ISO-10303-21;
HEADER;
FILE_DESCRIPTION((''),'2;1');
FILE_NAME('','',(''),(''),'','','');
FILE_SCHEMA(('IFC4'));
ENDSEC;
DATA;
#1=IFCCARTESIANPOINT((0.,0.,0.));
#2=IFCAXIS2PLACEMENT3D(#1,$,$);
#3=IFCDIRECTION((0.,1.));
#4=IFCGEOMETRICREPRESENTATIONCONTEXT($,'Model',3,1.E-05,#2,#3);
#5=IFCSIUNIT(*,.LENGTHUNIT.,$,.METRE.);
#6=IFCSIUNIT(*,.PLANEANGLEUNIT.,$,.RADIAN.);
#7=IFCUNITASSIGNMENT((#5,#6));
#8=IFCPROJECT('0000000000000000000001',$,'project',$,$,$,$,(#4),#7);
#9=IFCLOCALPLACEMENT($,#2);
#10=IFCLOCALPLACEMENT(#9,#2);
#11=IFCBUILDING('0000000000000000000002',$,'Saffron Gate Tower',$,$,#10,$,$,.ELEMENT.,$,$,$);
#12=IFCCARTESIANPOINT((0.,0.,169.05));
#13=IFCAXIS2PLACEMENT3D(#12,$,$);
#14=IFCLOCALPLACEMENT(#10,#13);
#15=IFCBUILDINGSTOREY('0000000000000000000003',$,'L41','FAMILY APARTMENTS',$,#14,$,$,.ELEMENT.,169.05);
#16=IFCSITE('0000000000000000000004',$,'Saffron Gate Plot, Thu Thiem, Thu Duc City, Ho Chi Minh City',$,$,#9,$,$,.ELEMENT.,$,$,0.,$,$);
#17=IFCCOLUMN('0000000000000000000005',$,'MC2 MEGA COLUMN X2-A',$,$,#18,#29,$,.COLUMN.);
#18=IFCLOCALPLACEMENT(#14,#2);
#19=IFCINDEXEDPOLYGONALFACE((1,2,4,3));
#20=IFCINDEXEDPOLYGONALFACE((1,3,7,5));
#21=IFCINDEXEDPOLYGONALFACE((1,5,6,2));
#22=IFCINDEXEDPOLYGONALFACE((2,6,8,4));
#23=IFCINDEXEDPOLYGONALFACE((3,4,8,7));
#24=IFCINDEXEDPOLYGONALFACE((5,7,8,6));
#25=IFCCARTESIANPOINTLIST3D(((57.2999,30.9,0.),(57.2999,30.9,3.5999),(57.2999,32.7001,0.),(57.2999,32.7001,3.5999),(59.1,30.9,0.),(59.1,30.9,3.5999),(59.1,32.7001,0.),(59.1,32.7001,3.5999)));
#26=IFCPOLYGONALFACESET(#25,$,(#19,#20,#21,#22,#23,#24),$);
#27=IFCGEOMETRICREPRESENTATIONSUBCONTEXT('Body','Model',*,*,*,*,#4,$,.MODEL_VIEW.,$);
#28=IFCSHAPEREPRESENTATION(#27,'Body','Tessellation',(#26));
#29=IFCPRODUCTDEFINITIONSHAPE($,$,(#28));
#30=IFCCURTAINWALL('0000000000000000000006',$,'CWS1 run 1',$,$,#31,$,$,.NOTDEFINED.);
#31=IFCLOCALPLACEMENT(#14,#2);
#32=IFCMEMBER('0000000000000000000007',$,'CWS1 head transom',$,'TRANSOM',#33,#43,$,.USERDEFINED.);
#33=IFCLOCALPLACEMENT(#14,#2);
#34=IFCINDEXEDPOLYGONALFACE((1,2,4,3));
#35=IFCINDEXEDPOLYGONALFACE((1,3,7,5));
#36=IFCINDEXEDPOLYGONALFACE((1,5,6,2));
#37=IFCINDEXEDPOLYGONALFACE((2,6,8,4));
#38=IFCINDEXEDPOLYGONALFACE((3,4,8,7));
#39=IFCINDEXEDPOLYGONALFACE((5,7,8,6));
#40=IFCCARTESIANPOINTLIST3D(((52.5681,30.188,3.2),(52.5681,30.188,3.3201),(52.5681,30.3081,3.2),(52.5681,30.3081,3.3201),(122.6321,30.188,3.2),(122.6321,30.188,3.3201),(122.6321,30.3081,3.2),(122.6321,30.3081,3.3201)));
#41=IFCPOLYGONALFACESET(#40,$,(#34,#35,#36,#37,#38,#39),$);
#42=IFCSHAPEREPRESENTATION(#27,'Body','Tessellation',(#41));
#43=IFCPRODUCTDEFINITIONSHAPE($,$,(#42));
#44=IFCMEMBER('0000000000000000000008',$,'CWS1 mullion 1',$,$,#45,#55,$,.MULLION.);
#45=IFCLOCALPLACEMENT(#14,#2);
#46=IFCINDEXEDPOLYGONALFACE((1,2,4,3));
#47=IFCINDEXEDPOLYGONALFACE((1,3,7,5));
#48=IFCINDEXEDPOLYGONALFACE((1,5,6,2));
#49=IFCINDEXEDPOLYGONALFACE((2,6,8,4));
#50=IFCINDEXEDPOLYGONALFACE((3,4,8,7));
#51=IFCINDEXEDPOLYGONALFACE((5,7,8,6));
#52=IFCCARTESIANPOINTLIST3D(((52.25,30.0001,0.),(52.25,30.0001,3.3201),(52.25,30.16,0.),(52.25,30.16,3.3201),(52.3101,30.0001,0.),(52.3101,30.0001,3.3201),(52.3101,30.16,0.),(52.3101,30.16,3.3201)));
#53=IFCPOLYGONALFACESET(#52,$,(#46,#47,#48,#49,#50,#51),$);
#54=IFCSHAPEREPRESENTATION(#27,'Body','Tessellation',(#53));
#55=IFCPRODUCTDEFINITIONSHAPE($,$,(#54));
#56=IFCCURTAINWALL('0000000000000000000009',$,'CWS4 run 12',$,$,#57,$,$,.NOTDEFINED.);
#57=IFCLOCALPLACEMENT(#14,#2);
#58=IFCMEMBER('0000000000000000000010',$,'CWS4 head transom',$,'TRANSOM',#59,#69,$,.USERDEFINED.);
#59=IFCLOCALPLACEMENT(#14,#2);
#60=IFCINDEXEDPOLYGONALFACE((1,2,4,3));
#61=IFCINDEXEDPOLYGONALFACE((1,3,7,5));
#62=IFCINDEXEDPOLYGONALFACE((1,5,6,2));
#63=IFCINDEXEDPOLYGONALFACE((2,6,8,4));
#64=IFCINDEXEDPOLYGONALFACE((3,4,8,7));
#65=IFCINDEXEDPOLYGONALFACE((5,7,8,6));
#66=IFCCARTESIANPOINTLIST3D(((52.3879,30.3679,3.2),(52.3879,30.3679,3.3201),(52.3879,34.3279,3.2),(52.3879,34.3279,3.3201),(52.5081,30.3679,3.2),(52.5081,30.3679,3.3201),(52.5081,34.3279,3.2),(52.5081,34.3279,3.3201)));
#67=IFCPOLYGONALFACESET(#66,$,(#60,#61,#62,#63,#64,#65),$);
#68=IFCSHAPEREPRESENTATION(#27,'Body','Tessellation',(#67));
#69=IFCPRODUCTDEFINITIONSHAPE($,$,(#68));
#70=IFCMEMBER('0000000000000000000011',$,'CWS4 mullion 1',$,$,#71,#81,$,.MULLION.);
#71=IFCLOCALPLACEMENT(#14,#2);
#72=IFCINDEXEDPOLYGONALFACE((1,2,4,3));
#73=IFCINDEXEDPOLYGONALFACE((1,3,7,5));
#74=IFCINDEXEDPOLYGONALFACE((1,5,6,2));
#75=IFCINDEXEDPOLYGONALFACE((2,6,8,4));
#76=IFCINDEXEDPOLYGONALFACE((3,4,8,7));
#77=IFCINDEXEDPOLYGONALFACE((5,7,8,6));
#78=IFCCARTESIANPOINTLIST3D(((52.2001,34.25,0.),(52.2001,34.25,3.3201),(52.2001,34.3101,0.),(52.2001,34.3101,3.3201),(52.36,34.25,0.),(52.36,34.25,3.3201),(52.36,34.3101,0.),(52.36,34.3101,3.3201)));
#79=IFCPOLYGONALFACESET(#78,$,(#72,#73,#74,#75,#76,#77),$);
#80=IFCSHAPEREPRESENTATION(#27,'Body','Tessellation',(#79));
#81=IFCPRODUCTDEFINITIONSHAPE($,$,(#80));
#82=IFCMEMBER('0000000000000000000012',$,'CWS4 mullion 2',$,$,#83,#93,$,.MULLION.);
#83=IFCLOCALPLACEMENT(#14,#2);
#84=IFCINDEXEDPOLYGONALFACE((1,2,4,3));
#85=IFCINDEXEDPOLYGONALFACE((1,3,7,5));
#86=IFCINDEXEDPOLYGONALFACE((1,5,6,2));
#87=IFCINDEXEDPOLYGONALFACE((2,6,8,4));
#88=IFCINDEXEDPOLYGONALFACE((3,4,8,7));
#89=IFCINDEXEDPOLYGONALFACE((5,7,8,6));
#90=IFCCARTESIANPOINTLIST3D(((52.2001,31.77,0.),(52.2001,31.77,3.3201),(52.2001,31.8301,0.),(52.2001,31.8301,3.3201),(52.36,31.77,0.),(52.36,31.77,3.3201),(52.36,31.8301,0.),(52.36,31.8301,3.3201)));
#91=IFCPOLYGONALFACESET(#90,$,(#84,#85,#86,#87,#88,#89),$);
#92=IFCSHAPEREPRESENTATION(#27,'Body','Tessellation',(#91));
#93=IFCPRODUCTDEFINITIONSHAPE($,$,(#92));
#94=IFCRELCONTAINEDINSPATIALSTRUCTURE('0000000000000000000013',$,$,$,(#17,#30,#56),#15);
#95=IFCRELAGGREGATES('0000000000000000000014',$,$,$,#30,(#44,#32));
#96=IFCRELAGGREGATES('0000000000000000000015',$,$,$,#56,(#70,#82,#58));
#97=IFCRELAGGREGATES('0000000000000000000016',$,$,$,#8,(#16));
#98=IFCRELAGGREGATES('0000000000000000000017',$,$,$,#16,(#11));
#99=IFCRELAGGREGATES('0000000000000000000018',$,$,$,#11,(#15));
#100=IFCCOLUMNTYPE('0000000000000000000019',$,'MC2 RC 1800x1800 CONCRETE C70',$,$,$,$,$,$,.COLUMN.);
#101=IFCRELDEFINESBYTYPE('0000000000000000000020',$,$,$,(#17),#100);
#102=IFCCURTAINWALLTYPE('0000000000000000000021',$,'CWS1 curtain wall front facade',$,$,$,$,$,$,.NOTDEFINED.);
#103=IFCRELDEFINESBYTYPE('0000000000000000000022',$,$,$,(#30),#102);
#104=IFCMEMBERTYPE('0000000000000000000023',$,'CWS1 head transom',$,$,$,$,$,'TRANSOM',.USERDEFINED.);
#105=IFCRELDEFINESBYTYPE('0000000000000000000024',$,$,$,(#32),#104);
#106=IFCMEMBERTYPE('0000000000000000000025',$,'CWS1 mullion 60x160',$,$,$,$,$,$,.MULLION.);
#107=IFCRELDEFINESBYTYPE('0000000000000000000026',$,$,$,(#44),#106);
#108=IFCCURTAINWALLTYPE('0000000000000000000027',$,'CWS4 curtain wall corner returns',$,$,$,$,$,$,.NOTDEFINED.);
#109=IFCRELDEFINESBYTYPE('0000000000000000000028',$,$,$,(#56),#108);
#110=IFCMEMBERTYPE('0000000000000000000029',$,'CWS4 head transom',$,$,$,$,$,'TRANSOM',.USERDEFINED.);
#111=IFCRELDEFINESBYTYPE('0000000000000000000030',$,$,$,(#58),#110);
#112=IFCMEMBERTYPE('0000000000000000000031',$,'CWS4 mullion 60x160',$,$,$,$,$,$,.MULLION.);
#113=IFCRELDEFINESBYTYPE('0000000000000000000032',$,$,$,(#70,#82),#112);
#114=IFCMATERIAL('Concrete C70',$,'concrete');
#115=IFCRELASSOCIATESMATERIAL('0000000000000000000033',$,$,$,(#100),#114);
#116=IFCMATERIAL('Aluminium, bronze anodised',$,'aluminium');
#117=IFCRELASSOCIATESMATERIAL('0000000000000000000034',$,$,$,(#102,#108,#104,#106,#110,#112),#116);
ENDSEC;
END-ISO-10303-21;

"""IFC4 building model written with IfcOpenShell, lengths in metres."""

from ifc_helpers import new_model, si_unit, direction, frame, origin, origin_2d, place, context, subcontext, project, spatial, rectangle, extrude, material, material_profile, profile_set, type_object, element, aggregate, save


model = new_model("IFC4")

# Units and contexts
model_context = context("Model", 3, precision=1e-05, world=origin(), true_north=direction((0.0, 1.0)))
body_context = subcontext(model_context, "Body", "Model", "MODEL_VIEW")
ifc_project = project(units=[si_unit("LENGTHUNIT", "METRE"), si_unit("PLANEANGLEUNIT", "RADIAN")], contexts=[model_context])

# Site, building, storey
site_placement = place(None, origin())
site = spatial("IfcSite", under=ifc_project, at=site_placement, Name="Saffron Gate Plot, Thu Thiem, Thu Duc City, Ho Chi Minh City", CompositionType="ELEMENT", RefElevation=0.0)
building_placement = place(site_placement, origin())
building = spatial("IfcBuilding", under=site, at=building_placement, Name="Saffron Gate Tower", CompositionType="ELEMENT")
storey_placement = place(building_placement, frame((0.0, 0.0, 169.05)))
storey = spatial("IfcBuildingStorey", under=building, at=storey_placement, Name="L41", Description="FAMILY APARTMENTS", CompositionType="ELEMENT", Elevation=169.05)

# Column
ifc_material_1 = material(Name="Concrete C70", Category="concrete")
ifc_material_profile_1 = material_profile(ifc_material_1, rectangle(XDim=1.8, YDim=1.8, at=origin_2d()))
ifc_profile_set_1 = profile_set([ifc_material_profile_1], Name="Concrete C70")
column_type = type_object("IfcColumnType", Name="MC2 RC 1800x1800 CONCRETE C70", PredefinedType="COLUMN", material=ifc_profile_set_1)
column_placement = place(storey_placement, frame((58.2, 31.8, 0.0), z_axis=(0.0, 0.0, 1.0), x_axis=(1.0, 0.0, 0.0)))
element("IfcColumn", 1, at=column_placement, inside=storey, type_object=column_type, Name="MC2 MEGA COLUMN X2-A", PredefinedType="COLUMN", context=body_context, shape_type="SweptSolid", body=[
    extrude(rectangle(XDim=1.8, YDim=1.8, at=origin_2d()), origin(), (0.0, 0.0, 1.0), 3.5999),
])

# Curtain walls, members
ifc_material_2 = material(Name="Aluminium, bronze anodised", Category="aluminium")
curtain_wall_type_1 = type_object("IfcCurtainWallType", Name="CWS1 curtain wall front facade", PredefinedType="NOTDEFINED", material=ifc_material_2)
curtain_wall_1_placement = place(storey_placement, origin())
curtain_wall_1 = element("IfcCurtainWall", 2, at=curtain_wall_1_placement, inside=storey, type_object=curtain_wall_type_1, Name="CWS1 run 1", PredefinedType="NOTDEFINED")
ifc_material_profile_2 = material_profile(ifc_material_2, rectangle(XDim=0.1201, YDim=0.1201, at=origin_2d()))
ifc_profile_set_2 = profile_set([ifc_material_profile_2], Name="Aluminium, bronze anodised")
member_type_1 = type_object("IfcMemberType", Name="CWS1 head transom", ElementType="TRANSOM", PredefinedType="USERDEFINED", material=ifc_profile_set_2)
member_1_placement = place(storey_placement, frame((52.5681, 30.248, 3.26), z_axis=(1.0, 0.0, 0.0), x_axis=(0.0, 1.0, 0.0)))
member_1 = element("IfcMember", 3, at=member_1_placement, type_object=member_type_1, Name="CWS1 head transom", ObjectType="TRANSOM", PredefinedType="USERDEFINED", context=body_context, shape_type="SweptSolid", body=[
    extrude(rectangle(XDim=0.1201, YDim=0.1201, at=origin_2d()), origin(), (0.0, 0.0, 1.0), 70.064),
])
ifc_material_profile_3 = material_profile(ifc_material_2, rectangle(XDim=0.1599, YDim=0.0601, at=origin_2d()))
ifc_profile_set_3 = profile_set([ifc_material_profile_3], Name="Aluminium, bronze anodised")
member_type_2 = type_object("IfcMemberType", Name="CWS1 mullion 60x160", PredefinedType="MULLION", material=ifc_profile_set_3)
member_2_placement = place(storey_placement, frame((52.28, 30.0801, 0.0), z_axis=(0.0, 0.0, 1.0), x_axis=(0.0, 1.0, 0.0)))
member_2 = element("IfcMember", 4, at=member_2_placement, type_object=member_type_2, Name="CWS1 mullion 1", PredefinedType="MULLION", context=body_context, shape_type="SweptSolid", body=[
    extrude(rectangle(XDim=0.1599, YDim=0.0601, at=origin_2d()), origin(), (0.0, 0.0, 1.0), 3.3201),
])
curtain_wall_type_2 = type_object("IfcCurtainWallType", Name="CWS4 curtain wall corner returns", PredefinedType="NOTDEFINED", material=ifc_material_2)
curtain_wall_2_placement = place(storey_placement, origin())
curtain_wall_2 = element("IfcCurtainWall", 5, at=curtain_wall_2_placement, inside=storey, type_object=curtain_wall_type_2, Name="CWS4 run 12", PredefinedType="NOTDEFINED")
ifc_material_profile_4 = material_profile(ifc_material_2, rectangle(XDim=0.1201, YDim=0.1201, at=origin_2d()))
ifc_profile_set_4 = profile_set([ifc_material_profile_4], Name="Aluminium, bronze anodised")
member_type_3 = type_object("IfcMemberType", Name="CWS4 head transom", ElementType="TRANSOM", PredefinedType="USERDEFINED", material=ifc_profile_set_4)
member_3_placement = place(storey_placement, frame((52.448, 34.3279, 3.26), z_axis=(0.0, -1.0, 0.0), x_axis=(1.0, 0.0, 0.0)))
member_3 = element("IfcMember", 6, at=member_3_placement, type_object=member_type_3, Name="CWS4 head transom", ObjectType="TRANSOM", PredefinedType="USERDEFINED", context=body_context, shape_type="SweptSolid", body=[
    extrude(rectangle(XDim=0.1201, YDim=0.1201, at=origin_2d()), origin(), (0.0, 0.0, 1.0), 3.96),
])
ifc_material_profile_5 = material_profile(ifc_material_2, rectangle(XDim=0.1599, YDim=0.0601, at=origin_2d()))
ifc_profile_set_5 = profile_set([ifc_material_profile_5], Name="Aluminium, bronze anodised")
member_type_4 = type_object("IfcMemberType", Name="CWS4 mullion 60x160", PredefinedType="MULLION", material=ifc_profile_set_5)
member_4_placement = place(storey_placement, frame((52.28, 34.28, 0.0), z_axis=(0.0, 0.0, 1.0), x_axis=(1.0, 0.0, 0.0)))
member_4 = element("IfcMember", 7, at=member_4_placement, type_object=member_type_4, Name="CWS4 mullion 1", PredefinedType="MULLION", context=body_context, shape_type="SweptSolid", body=[
    extrude(rectangle(XDim=0.1599, YDim=0.0601, at=origin_2d()), origin(), (0.0, 0.0, 1.0), 3.3201),
])
member_5_placement = place(storey_placement, frame((52.28, 31.8, 0.0), z_axis=(0.0, 0.0, 1.0), x_axis=(1.0, 0.0, 0.0)))
member_5 = element("IfcMember", 8, at=member_5_placement, type_object=member_type_4, Name="CWS4 mullion 2", PredefinedType="MULLION", context=body_context, shape_type="SweptSolid", body=[
    extrude(rectangle(XDim=0.1599, YDim=0.0601, at=origin_2d()), origin(), (0.0, 0.0, 1.0), 3.3201),
])

aggregate(curtain_wall_1, [member_2, member_1])

aggregate(curtain_wall_2, [member_4, member_5, member_3])

save(model, "model.ifc")
